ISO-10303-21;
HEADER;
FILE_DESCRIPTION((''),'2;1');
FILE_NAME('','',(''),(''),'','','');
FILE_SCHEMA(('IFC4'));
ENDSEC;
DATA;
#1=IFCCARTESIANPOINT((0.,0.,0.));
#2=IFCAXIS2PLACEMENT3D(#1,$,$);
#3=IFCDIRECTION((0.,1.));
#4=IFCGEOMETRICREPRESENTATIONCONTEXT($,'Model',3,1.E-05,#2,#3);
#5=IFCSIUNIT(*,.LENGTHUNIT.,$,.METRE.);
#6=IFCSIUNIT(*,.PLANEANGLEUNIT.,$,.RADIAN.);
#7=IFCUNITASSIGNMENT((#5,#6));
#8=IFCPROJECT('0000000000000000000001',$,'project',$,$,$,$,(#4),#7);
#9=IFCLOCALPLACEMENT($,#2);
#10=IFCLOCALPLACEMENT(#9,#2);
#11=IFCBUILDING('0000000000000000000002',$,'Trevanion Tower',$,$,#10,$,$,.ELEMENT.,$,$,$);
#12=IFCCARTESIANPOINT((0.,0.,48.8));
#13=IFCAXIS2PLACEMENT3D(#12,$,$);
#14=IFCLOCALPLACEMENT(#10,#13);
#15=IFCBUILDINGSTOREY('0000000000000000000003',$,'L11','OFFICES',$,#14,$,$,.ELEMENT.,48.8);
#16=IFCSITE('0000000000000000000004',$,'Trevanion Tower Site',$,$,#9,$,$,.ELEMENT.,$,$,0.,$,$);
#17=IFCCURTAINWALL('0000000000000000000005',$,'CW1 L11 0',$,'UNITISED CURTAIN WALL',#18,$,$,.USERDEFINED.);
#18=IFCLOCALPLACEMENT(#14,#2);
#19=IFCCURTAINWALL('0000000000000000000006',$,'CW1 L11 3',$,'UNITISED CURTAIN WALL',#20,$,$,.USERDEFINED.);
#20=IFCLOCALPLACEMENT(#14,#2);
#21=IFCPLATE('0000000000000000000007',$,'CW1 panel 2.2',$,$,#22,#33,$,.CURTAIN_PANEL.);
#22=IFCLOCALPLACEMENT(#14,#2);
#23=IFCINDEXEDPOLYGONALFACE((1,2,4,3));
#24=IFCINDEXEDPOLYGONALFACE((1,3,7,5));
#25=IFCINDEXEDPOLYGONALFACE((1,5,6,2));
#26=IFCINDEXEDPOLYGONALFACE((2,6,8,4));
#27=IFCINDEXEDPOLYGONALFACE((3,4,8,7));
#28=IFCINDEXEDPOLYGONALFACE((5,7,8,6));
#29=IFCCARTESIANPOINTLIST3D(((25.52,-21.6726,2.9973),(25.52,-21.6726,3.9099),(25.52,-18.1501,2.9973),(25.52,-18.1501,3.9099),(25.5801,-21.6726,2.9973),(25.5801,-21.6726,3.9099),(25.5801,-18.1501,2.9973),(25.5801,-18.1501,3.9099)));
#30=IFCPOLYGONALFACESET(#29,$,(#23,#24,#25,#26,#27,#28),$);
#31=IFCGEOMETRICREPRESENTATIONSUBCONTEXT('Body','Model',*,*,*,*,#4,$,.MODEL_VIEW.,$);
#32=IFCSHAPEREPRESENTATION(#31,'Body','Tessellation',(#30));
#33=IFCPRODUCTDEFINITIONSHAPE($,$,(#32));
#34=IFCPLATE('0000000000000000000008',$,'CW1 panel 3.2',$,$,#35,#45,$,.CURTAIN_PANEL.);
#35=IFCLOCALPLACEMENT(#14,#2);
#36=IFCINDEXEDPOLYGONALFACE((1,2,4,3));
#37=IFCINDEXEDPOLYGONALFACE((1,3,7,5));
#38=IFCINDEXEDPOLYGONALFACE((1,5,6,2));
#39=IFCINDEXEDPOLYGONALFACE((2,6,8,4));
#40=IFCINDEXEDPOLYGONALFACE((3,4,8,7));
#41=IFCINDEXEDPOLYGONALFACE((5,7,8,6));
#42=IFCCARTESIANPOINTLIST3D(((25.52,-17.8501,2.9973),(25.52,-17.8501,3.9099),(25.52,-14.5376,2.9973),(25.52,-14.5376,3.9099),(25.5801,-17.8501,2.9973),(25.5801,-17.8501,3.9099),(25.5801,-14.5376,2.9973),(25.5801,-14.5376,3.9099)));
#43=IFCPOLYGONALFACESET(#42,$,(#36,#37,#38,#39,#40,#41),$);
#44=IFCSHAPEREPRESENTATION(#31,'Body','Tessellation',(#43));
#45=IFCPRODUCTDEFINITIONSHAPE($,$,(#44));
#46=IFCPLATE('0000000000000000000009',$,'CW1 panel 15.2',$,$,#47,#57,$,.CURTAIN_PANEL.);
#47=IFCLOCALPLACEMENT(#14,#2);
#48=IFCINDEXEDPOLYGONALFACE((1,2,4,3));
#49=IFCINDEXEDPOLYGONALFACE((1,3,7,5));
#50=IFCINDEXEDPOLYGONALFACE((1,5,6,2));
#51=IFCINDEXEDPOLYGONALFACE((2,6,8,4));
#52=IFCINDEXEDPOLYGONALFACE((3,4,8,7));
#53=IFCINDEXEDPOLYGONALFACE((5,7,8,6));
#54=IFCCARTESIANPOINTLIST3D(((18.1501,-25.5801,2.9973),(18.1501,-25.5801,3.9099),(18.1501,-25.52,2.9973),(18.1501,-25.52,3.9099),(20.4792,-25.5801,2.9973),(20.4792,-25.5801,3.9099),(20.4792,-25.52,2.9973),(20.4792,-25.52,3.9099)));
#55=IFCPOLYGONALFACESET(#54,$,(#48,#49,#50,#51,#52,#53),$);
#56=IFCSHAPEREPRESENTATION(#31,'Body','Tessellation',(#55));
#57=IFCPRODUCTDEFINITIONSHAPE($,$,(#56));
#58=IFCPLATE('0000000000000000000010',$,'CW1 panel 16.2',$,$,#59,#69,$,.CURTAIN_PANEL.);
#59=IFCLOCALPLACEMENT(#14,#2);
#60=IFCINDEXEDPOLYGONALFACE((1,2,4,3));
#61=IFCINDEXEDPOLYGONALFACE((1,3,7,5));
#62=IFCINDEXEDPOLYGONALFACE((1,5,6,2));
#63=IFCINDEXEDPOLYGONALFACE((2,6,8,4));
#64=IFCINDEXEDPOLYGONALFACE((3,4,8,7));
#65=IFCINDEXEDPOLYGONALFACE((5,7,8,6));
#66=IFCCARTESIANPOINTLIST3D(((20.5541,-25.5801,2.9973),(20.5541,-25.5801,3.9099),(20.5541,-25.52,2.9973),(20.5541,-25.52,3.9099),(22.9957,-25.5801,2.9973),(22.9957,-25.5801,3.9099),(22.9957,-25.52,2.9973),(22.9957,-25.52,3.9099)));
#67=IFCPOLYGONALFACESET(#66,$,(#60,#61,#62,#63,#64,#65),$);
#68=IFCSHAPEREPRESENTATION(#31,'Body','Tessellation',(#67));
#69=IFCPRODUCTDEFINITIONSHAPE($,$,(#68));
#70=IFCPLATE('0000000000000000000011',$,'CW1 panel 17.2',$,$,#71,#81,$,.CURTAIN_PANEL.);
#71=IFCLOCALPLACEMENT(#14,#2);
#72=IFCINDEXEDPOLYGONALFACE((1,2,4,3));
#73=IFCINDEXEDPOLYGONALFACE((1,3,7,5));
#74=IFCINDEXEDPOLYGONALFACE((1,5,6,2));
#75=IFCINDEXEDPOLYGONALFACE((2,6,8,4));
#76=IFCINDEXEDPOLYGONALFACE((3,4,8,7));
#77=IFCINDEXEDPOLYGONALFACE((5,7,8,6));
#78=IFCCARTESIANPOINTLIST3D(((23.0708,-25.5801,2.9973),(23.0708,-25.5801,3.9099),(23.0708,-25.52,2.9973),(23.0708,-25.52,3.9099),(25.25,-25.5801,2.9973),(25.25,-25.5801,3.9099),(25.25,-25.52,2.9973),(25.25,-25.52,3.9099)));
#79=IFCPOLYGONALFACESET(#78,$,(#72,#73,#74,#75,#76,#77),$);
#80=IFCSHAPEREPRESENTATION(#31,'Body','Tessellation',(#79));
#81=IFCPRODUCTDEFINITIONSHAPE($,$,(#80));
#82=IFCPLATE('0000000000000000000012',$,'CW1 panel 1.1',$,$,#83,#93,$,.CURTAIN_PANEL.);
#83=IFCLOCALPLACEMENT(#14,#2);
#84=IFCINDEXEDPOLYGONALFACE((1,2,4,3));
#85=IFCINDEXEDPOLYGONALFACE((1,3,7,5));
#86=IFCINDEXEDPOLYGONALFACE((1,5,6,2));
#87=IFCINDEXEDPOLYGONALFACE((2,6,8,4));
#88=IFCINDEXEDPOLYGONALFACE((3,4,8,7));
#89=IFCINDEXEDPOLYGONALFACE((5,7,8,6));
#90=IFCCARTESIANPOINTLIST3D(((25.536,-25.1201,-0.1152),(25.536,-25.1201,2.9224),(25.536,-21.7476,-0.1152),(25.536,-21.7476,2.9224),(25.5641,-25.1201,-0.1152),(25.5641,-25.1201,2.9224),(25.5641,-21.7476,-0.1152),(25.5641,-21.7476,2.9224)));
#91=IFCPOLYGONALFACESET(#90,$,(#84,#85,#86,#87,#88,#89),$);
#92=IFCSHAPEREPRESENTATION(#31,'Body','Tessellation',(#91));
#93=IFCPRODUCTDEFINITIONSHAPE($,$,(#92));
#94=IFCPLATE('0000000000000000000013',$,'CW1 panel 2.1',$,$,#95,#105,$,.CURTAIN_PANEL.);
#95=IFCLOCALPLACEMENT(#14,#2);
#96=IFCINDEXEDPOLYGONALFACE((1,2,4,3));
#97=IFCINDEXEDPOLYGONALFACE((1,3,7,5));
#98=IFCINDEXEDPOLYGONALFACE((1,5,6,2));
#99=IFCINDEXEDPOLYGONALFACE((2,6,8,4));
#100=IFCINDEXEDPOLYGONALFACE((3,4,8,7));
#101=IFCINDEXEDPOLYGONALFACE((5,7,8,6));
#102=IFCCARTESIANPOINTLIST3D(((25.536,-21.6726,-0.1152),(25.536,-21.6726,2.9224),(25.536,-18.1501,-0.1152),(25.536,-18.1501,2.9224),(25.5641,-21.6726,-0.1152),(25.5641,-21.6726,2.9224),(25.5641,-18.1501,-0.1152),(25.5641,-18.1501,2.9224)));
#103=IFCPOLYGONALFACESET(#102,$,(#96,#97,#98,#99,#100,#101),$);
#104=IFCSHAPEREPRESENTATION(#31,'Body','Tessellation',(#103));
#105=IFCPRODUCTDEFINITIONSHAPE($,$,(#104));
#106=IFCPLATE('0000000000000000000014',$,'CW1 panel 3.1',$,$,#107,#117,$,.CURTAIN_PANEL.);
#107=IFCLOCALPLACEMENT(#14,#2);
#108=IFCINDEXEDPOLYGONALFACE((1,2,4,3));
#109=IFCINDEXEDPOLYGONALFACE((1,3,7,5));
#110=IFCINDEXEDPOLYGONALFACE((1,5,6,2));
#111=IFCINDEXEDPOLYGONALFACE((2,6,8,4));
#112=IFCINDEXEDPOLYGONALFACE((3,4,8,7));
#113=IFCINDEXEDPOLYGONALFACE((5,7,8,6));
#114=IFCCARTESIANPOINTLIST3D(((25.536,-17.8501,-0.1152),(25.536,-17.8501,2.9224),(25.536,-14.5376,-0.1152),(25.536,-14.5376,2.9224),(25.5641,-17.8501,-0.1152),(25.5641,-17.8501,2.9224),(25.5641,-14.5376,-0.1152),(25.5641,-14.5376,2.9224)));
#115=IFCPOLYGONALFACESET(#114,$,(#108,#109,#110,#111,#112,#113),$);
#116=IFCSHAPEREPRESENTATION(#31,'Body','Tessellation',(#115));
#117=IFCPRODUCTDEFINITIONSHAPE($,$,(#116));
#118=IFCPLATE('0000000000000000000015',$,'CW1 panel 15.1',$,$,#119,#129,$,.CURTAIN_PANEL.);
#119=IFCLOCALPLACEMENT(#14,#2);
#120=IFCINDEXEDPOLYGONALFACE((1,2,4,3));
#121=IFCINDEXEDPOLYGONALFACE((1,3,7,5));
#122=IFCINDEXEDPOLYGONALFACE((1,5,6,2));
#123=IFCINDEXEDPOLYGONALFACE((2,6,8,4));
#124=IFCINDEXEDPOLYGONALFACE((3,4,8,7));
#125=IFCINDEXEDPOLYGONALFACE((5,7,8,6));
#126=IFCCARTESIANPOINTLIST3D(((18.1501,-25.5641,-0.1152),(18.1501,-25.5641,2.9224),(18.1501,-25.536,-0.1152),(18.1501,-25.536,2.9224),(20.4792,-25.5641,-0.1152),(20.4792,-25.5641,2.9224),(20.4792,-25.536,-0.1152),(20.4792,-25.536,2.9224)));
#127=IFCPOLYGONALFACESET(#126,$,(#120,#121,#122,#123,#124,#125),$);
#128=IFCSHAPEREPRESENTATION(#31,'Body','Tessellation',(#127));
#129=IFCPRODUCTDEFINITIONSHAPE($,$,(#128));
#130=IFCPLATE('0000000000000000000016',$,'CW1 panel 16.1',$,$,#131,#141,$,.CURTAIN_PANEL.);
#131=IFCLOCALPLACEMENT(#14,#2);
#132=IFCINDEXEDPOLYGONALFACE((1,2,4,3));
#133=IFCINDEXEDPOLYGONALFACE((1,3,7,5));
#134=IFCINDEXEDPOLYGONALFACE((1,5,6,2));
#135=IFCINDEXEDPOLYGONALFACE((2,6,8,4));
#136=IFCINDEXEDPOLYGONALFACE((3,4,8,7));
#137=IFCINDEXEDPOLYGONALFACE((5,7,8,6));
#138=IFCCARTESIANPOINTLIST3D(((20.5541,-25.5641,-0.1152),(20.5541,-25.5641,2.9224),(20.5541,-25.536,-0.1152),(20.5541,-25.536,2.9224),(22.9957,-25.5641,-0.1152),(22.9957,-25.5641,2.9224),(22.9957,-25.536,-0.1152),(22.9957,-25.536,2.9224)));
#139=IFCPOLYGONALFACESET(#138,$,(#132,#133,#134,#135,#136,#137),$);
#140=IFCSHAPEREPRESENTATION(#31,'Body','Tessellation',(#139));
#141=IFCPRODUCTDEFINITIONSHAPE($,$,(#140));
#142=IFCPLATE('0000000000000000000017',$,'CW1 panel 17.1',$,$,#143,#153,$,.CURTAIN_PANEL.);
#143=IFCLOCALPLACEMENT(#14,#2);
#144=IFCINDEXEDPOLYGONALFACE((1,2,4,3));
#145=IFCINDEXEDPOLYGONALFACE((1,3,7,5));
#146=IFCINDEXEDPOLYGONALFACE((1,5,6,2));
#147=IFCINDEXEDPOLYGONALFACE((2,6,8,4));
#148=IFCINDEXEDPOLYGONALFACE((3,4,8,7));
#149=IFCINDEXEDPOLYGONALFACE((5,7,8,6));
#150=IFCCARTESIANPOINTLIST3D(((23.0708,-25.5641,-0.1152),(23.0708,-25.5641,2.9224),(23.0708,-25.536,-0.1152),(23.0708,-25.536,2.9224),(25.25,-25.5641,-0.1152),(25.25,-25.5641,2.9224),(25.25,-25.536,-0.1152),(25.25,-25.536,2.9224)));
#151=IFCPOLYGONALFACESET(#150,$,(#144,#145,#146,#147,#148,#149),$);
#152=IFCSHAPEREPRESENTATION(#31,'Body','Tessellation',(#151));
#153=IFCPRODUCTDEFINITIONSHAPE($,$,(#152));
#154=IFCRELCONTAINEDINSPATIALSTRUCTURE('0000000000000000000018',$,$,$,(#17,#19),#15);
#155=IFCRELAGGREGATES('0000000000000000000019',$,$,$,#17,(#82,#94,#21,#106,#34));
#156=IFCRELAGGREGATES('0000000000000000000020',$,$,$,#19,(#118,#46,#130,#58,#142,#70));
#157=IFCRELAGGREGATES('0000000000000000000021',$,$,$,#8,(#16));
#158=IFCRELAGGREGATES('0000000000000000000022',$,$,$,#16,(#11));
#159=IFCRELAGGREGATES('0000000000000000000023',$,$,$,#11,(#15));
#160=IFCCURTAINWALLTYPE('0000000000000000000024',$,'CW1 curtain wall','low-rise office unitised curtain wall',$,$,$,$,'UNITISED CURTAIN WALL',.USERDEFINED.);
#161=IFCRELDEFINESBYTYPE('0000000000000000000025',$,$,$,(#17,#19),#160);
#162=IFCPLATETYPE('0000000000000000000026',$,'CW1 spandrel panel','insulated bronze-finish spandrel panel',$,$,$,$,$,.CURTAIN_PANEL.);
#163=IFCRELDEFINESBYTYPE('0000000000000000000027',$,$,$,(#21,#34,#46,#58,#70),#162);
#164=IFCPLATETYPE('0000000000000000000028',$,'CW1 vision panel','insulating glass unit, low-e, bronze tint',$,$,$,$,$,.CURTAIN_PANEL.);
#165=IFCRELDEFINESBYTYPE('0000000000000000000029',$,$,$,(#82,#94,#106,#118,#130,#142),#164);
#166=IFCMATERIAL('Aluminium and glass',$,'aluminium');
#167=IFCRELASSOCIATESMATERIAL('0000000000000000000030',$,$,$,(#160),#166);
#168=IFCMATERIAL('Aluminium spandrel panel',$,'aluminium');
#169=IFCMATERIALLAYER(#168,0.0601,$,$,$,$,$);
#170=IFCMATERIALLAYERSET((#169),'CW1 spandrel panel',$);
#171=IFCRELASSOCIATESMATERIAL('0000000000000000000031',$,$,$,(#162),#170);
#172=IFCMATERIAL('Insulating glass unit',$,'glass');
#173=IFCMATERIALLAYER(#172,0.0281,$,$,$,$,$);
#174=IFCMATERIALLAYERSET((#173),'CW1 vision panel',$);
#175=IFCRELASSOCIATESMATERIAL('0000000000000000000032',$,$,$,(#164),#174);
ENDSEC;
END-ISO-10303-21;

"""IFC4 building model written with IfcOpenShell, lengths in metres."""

from ifc_helpers import new_model, si_unit, direction, frame, origin, origin_2d, place, context, subcontext, project, spatial, rectangle, extrude, material, layer, layer_set, type_object, element, aggregate, save


model = new_model("IFC4")

# Units and contexts
model_context = context("Model", 3, precision=1e-05, world=origin(), true_north=direction((0.0, 1.0)))
body_context = subcontext(model_context, "Body", "Model", "MODEL_VIEW")
ifc_project = project(units=[si_unit("LENGTHUNIT", "METRE"), si_unit("PLANEANGLEUNIT", "RADIAN")], contexts=[model_context])

# Site, building, storey
site_placement = place(None, origin())
site = spatial("IfcSite", under=ifc_project, at=site_placement, Name="Trevanion Tower Site", CompositionType="ELEMENT", RefElevation=0.0)
building_placement = place(site_placement, origin())
building = spatial("IfcBuilding", under=site, at=building_placement, Name="Trevanion Tower", CompositionType="ELEMENT")
storey_placement = place(building_placement, frame((0.0, 0.0, 48.8)))
storey = spatial("IfcBuildingStorey", under=building, at=storey_placement, Name="L11", Description="OFFICES", CompositionType="ELEMENT", Elevation=48.8)

# Curtain wall
ifc_material_1 = material(Name="Aluminium and glass", Category="aluminium")
curtain_wall_type = type_object("IfcCurtainWallType", Name="CW1 curtain wall", Description="low-rise office unitised curtain wall", ElementType="UNITISED CURTAIN WALL", PredefinedType="USERDEFINED", material=ifc_material_1)
curtain_wall_1_placement = place(storey_placement, origin())
curtain_wall_1 = element("IfcCurtainWall", 1, at=curtain_wall_1_placement, inside=storey, type_object=curtain_wall_type, Name="CW1 L11 0", ObjectType="UNITISED CURTAIN WALL", PredefinedType="USERDEFINED")

# Curtain wall
curtain_wall_2_placement = place(storey_placement, origin())
curtain_wall_2 = element("IfcCurtainWall", 2, at=curtain_wall_2_placement, inside=storey, type_object=curtain_wall_type, Name="CW1 L11 3", ObjectType="UNITISED CURTAIN WALL", PredefinedType="USERDEFINED")

# Plates
ifc_material_2 = material(Name="Aluminium spandrel panel", Category="aluminium")
ifc_layer_1 = layer(ifc_material_2, 0.0601)
ifc_layer_set_1 = layer_set([ifc_layer_1], Name="CW1 spandrel panel")
plate_type_1 = type_object("IfcPlateType", Name="CW1 spandrel panel", Description="insulated bronze-finish spandrel panel", PredefinedType="CURTAIN_PANEL", material=ifc_layer_set_1)
plate_1_placement = place(storey_placement, frame((25.55, -19.9114, 2.9973), z_axis=(0.0, 0.0, 1.0), x_axis=(0.0, 1.0, 0.0)))
plate_1 = element("IfcPlate", 3, at=plate_1_placement, type_object=plate_type_1, Name="CW1 panel 2.2", PredefinedType="CURTAIN_PANEL", context=body_context, shape_type="SweptSolid", body=[
    extrude(rectangle(XDim=3.5225, YDim=0.0601, at=origin_2d()), origin(), (0.0, 0.0, 1.0), 0.9126),
])
plate_2_placement = place(storey_placement, frame((25.55, -16.1938, 2.9973), z_axis=(0.0, 0.0, 1.0), x_axis=(0.0, 1.0, 0.0)))
plate_2 = element("IfcPlate", 4, at=plate_2_placement, type_object=plate_type_1, Name="CW1 panel 3.2", PredefinedType="CURTAIN_PANEL", context=body_context, shape_type="SweptSolid", body=[
    extrude(rectangle(XDim=3.3125, YDim=0.0601, at=origin_2d()), origin(), (0.0, 0.0, 1.0), 0.9126),
])
plate_3_placement = place(storey_placement, frame((19.3147, -25.55, 2.9973), z_axis=(0.0, 0.0, 1.0), x_axis=(1.0, 0.0, 0.0)))
plate_3 = element("IfcPlate", 5, at=plate_3_placement, type_object=plate_type_1, Name="CW1 panel 15.2", PredefinedType="CURTAIN_PANEL", context=body_context, shape_type="SweptSolid", body=[
    extrude(rectangle(XDim=2.3291, YDim=0.0601, at=origin_2d()), origin(), (0.0, 0.0, 1.0), 0.9126),
])
plate_4_placement = place(storey_placement, frame((21.7749, -25.55, 2.9973), z_axis=(0.0, 0.0, 1.0), x_axis=(1.0, 0.0, 0.0)))
plate_4 = element("IfcPlate", 6, at=plate_4_placement, type_object=plate_type_1, Name="CW1 panel 16.2", PredefinedType="CURTAIN_PANEL", context=body_context, shape_type="SweptSolid", body=[
    extrude(rectangle(XDim=2.4417, YDim=0.0601, at=origin_2d()), origin(), (0.0, 0.0, 1.0), 0.9126),
])
plate_5_placement = place(storey_placement, frame((24.1604, -25.55, 2.9973), z_axis=(0.0, 0.0, 1.0), x_axis=(1.0, 0.0, 0.0)))
plate_5 = element("IfcPlate", 7, at=plate_5_placement, type_object=plate_type_1, Name="CW1 panel 17.2", PredefinedType="CURTAIN_PANEL", context=body_context, shape_type="SweptSolid", body=[
    extrude(rectangle(XDim=2.1792, YDim=0.0601, at=origin_2d()), origin(), (0.0, 0.0, 1.0), 0.9126),
])
ifc_material_3 = material(Name="Insulating glass unit", Category="glass")
ifc_layer_2 = layer(ifc_material_3, 0.0281)
ifc_layer_set_2 = layer_set([ifc_layer_2], Name="CW1 vision panel")
plate_type_2 = type_object("IfcPlateType", Name="CW1 vision panel", Description="insulating glass unit, low-e, bronze tint", PredefinedType="CURTAIN_PANEL", material=ifc_layer_set_2)
plate_6_placement = place(storey_placement, frame((25.55, -23.4338, -0.1152), z_axis=(0.0, 0.0, 1.0), x_axis=(0.0, 1.0, 0.0)))
plate_6 = element("IfcPlate", 8, at=plate_6_placement, type_object=plate_type_2, Name="CW1 panel 1.1", PredefinedType="CURTAIN_PANEL", context=body_context, shape_type="SweptSolid", body=[
    extrude(rectangle(XDim=3.3726, YDim=0.0281, at=origin_2d()), origin(), (0.0, 0.0, 1.0), 3.0376),
])
plate_7_placement = place(storey_placement, frame((25.55, -19.9114, -0.1152), z_axis=(0.0, 0.0, 1.0), x_axis=(0.0, 1.0, 0.0)))
plate_7 = element("IfcPlate", 9, at=plate_7_placement, type_object=plate_type_2, Name="CW1 panel 2.1", PredefinedType="CURTAIN_PANEL", context=body_context, shape_type="SweptSolid", body=[
    extrude(rectangle(XDim=3.5225, YDim=0.0281, at=origin_2d()), origin(), (0.0, 0.0, 1.0), 3.0376),
])
plate_8_placement = place(storey_placement, frame((25.55, -16.1938, -0.1152), z_axis=(0.0, 0.0, 1.0), x_axis=(0.0, 1.0, 0.0)))
plate_8 = element("IfcPlate", 10, at=plate_8_placement, type_object=plate_type_2, Name="CW1 panel 3.1", PredefinedType="CURTAIN_PANEL", context=body_context, shape_type="SweptSolid", body=[
    extrude(rectangle(XDim=3.3125, YDim=0.0281, at=origin_2d()), origin(), (0.0, 0.0, 1.0), 3.0376),
])
aggregate(curtain_wall_1, [plate_6, plate_7, plate_1, plate_8, plate_2])
plate_9_placement = place(storey_placement, frame((19.3147, -25.55, -0.1152), z_axis=(0.0, 0.0, 1.0), x_axis=(1.0, 0.0, 0.0)))
plate_9 = element("IfcPlate", 11, at=plate_9_placement, type_object=plate_type_2, Name="CW1 panel 15.1", PredefinedType="CURTAIN_PANEL", context=body_context, shape_type="SweptSolid", body=[
    extrude(rectangle(XDim=2.3291, YDim=0.0281, at=origin_2d()), origin(), (0.0, 0.0, 1.0), 3.0376),
])
plate_10_placement = place(storey_placement, frame((21.7749, -25.55, -0.1152), z_axis=(0.0, 0.0, 1.0), x_axis=(1.0, 0.0, 0.0)))
plate_10 = element("IfcPlate", 12, at=plate_10_placement, type_object=plate_type_2, Name="CW1 panel 16.1", PredefinedType="CURTAIN_PANEL", context=body_context, shape_type="SweptSolid", body=[
    extrude(rectangle(XDim=2.4417, YDim=0.0281, at=origin_2d()), origin(), (0.0, 0.0, 1.0), 3.0376),
])
plate_11_placement = place(storey_placement, frame((24.1604, -25.55, -0.1152), z_axis=(0.0, 0.0, 1.0), x_axis=(1.0, 0.0, 0.0)))
plate_11 = element("IfcPlate", 13, at=plate_11_placement, type_object=plate_type_2, Name="CW1 panel 17.1", PredefinedType="CURTAIN_PANEL", context=body_context, shape_type="SweptSolid", body=[
    extrude(rectangle(XDim=2.1792, YDim=0.0281, at=origin_2d()), origin(), (0.0, 0.0, 1.0), 3.0376),
])
aggregate(curtain_wall_2, [plate_9, plate_3, plate_10, plate_4, plate_11, plate_5])

save(model, "model.ifc")
